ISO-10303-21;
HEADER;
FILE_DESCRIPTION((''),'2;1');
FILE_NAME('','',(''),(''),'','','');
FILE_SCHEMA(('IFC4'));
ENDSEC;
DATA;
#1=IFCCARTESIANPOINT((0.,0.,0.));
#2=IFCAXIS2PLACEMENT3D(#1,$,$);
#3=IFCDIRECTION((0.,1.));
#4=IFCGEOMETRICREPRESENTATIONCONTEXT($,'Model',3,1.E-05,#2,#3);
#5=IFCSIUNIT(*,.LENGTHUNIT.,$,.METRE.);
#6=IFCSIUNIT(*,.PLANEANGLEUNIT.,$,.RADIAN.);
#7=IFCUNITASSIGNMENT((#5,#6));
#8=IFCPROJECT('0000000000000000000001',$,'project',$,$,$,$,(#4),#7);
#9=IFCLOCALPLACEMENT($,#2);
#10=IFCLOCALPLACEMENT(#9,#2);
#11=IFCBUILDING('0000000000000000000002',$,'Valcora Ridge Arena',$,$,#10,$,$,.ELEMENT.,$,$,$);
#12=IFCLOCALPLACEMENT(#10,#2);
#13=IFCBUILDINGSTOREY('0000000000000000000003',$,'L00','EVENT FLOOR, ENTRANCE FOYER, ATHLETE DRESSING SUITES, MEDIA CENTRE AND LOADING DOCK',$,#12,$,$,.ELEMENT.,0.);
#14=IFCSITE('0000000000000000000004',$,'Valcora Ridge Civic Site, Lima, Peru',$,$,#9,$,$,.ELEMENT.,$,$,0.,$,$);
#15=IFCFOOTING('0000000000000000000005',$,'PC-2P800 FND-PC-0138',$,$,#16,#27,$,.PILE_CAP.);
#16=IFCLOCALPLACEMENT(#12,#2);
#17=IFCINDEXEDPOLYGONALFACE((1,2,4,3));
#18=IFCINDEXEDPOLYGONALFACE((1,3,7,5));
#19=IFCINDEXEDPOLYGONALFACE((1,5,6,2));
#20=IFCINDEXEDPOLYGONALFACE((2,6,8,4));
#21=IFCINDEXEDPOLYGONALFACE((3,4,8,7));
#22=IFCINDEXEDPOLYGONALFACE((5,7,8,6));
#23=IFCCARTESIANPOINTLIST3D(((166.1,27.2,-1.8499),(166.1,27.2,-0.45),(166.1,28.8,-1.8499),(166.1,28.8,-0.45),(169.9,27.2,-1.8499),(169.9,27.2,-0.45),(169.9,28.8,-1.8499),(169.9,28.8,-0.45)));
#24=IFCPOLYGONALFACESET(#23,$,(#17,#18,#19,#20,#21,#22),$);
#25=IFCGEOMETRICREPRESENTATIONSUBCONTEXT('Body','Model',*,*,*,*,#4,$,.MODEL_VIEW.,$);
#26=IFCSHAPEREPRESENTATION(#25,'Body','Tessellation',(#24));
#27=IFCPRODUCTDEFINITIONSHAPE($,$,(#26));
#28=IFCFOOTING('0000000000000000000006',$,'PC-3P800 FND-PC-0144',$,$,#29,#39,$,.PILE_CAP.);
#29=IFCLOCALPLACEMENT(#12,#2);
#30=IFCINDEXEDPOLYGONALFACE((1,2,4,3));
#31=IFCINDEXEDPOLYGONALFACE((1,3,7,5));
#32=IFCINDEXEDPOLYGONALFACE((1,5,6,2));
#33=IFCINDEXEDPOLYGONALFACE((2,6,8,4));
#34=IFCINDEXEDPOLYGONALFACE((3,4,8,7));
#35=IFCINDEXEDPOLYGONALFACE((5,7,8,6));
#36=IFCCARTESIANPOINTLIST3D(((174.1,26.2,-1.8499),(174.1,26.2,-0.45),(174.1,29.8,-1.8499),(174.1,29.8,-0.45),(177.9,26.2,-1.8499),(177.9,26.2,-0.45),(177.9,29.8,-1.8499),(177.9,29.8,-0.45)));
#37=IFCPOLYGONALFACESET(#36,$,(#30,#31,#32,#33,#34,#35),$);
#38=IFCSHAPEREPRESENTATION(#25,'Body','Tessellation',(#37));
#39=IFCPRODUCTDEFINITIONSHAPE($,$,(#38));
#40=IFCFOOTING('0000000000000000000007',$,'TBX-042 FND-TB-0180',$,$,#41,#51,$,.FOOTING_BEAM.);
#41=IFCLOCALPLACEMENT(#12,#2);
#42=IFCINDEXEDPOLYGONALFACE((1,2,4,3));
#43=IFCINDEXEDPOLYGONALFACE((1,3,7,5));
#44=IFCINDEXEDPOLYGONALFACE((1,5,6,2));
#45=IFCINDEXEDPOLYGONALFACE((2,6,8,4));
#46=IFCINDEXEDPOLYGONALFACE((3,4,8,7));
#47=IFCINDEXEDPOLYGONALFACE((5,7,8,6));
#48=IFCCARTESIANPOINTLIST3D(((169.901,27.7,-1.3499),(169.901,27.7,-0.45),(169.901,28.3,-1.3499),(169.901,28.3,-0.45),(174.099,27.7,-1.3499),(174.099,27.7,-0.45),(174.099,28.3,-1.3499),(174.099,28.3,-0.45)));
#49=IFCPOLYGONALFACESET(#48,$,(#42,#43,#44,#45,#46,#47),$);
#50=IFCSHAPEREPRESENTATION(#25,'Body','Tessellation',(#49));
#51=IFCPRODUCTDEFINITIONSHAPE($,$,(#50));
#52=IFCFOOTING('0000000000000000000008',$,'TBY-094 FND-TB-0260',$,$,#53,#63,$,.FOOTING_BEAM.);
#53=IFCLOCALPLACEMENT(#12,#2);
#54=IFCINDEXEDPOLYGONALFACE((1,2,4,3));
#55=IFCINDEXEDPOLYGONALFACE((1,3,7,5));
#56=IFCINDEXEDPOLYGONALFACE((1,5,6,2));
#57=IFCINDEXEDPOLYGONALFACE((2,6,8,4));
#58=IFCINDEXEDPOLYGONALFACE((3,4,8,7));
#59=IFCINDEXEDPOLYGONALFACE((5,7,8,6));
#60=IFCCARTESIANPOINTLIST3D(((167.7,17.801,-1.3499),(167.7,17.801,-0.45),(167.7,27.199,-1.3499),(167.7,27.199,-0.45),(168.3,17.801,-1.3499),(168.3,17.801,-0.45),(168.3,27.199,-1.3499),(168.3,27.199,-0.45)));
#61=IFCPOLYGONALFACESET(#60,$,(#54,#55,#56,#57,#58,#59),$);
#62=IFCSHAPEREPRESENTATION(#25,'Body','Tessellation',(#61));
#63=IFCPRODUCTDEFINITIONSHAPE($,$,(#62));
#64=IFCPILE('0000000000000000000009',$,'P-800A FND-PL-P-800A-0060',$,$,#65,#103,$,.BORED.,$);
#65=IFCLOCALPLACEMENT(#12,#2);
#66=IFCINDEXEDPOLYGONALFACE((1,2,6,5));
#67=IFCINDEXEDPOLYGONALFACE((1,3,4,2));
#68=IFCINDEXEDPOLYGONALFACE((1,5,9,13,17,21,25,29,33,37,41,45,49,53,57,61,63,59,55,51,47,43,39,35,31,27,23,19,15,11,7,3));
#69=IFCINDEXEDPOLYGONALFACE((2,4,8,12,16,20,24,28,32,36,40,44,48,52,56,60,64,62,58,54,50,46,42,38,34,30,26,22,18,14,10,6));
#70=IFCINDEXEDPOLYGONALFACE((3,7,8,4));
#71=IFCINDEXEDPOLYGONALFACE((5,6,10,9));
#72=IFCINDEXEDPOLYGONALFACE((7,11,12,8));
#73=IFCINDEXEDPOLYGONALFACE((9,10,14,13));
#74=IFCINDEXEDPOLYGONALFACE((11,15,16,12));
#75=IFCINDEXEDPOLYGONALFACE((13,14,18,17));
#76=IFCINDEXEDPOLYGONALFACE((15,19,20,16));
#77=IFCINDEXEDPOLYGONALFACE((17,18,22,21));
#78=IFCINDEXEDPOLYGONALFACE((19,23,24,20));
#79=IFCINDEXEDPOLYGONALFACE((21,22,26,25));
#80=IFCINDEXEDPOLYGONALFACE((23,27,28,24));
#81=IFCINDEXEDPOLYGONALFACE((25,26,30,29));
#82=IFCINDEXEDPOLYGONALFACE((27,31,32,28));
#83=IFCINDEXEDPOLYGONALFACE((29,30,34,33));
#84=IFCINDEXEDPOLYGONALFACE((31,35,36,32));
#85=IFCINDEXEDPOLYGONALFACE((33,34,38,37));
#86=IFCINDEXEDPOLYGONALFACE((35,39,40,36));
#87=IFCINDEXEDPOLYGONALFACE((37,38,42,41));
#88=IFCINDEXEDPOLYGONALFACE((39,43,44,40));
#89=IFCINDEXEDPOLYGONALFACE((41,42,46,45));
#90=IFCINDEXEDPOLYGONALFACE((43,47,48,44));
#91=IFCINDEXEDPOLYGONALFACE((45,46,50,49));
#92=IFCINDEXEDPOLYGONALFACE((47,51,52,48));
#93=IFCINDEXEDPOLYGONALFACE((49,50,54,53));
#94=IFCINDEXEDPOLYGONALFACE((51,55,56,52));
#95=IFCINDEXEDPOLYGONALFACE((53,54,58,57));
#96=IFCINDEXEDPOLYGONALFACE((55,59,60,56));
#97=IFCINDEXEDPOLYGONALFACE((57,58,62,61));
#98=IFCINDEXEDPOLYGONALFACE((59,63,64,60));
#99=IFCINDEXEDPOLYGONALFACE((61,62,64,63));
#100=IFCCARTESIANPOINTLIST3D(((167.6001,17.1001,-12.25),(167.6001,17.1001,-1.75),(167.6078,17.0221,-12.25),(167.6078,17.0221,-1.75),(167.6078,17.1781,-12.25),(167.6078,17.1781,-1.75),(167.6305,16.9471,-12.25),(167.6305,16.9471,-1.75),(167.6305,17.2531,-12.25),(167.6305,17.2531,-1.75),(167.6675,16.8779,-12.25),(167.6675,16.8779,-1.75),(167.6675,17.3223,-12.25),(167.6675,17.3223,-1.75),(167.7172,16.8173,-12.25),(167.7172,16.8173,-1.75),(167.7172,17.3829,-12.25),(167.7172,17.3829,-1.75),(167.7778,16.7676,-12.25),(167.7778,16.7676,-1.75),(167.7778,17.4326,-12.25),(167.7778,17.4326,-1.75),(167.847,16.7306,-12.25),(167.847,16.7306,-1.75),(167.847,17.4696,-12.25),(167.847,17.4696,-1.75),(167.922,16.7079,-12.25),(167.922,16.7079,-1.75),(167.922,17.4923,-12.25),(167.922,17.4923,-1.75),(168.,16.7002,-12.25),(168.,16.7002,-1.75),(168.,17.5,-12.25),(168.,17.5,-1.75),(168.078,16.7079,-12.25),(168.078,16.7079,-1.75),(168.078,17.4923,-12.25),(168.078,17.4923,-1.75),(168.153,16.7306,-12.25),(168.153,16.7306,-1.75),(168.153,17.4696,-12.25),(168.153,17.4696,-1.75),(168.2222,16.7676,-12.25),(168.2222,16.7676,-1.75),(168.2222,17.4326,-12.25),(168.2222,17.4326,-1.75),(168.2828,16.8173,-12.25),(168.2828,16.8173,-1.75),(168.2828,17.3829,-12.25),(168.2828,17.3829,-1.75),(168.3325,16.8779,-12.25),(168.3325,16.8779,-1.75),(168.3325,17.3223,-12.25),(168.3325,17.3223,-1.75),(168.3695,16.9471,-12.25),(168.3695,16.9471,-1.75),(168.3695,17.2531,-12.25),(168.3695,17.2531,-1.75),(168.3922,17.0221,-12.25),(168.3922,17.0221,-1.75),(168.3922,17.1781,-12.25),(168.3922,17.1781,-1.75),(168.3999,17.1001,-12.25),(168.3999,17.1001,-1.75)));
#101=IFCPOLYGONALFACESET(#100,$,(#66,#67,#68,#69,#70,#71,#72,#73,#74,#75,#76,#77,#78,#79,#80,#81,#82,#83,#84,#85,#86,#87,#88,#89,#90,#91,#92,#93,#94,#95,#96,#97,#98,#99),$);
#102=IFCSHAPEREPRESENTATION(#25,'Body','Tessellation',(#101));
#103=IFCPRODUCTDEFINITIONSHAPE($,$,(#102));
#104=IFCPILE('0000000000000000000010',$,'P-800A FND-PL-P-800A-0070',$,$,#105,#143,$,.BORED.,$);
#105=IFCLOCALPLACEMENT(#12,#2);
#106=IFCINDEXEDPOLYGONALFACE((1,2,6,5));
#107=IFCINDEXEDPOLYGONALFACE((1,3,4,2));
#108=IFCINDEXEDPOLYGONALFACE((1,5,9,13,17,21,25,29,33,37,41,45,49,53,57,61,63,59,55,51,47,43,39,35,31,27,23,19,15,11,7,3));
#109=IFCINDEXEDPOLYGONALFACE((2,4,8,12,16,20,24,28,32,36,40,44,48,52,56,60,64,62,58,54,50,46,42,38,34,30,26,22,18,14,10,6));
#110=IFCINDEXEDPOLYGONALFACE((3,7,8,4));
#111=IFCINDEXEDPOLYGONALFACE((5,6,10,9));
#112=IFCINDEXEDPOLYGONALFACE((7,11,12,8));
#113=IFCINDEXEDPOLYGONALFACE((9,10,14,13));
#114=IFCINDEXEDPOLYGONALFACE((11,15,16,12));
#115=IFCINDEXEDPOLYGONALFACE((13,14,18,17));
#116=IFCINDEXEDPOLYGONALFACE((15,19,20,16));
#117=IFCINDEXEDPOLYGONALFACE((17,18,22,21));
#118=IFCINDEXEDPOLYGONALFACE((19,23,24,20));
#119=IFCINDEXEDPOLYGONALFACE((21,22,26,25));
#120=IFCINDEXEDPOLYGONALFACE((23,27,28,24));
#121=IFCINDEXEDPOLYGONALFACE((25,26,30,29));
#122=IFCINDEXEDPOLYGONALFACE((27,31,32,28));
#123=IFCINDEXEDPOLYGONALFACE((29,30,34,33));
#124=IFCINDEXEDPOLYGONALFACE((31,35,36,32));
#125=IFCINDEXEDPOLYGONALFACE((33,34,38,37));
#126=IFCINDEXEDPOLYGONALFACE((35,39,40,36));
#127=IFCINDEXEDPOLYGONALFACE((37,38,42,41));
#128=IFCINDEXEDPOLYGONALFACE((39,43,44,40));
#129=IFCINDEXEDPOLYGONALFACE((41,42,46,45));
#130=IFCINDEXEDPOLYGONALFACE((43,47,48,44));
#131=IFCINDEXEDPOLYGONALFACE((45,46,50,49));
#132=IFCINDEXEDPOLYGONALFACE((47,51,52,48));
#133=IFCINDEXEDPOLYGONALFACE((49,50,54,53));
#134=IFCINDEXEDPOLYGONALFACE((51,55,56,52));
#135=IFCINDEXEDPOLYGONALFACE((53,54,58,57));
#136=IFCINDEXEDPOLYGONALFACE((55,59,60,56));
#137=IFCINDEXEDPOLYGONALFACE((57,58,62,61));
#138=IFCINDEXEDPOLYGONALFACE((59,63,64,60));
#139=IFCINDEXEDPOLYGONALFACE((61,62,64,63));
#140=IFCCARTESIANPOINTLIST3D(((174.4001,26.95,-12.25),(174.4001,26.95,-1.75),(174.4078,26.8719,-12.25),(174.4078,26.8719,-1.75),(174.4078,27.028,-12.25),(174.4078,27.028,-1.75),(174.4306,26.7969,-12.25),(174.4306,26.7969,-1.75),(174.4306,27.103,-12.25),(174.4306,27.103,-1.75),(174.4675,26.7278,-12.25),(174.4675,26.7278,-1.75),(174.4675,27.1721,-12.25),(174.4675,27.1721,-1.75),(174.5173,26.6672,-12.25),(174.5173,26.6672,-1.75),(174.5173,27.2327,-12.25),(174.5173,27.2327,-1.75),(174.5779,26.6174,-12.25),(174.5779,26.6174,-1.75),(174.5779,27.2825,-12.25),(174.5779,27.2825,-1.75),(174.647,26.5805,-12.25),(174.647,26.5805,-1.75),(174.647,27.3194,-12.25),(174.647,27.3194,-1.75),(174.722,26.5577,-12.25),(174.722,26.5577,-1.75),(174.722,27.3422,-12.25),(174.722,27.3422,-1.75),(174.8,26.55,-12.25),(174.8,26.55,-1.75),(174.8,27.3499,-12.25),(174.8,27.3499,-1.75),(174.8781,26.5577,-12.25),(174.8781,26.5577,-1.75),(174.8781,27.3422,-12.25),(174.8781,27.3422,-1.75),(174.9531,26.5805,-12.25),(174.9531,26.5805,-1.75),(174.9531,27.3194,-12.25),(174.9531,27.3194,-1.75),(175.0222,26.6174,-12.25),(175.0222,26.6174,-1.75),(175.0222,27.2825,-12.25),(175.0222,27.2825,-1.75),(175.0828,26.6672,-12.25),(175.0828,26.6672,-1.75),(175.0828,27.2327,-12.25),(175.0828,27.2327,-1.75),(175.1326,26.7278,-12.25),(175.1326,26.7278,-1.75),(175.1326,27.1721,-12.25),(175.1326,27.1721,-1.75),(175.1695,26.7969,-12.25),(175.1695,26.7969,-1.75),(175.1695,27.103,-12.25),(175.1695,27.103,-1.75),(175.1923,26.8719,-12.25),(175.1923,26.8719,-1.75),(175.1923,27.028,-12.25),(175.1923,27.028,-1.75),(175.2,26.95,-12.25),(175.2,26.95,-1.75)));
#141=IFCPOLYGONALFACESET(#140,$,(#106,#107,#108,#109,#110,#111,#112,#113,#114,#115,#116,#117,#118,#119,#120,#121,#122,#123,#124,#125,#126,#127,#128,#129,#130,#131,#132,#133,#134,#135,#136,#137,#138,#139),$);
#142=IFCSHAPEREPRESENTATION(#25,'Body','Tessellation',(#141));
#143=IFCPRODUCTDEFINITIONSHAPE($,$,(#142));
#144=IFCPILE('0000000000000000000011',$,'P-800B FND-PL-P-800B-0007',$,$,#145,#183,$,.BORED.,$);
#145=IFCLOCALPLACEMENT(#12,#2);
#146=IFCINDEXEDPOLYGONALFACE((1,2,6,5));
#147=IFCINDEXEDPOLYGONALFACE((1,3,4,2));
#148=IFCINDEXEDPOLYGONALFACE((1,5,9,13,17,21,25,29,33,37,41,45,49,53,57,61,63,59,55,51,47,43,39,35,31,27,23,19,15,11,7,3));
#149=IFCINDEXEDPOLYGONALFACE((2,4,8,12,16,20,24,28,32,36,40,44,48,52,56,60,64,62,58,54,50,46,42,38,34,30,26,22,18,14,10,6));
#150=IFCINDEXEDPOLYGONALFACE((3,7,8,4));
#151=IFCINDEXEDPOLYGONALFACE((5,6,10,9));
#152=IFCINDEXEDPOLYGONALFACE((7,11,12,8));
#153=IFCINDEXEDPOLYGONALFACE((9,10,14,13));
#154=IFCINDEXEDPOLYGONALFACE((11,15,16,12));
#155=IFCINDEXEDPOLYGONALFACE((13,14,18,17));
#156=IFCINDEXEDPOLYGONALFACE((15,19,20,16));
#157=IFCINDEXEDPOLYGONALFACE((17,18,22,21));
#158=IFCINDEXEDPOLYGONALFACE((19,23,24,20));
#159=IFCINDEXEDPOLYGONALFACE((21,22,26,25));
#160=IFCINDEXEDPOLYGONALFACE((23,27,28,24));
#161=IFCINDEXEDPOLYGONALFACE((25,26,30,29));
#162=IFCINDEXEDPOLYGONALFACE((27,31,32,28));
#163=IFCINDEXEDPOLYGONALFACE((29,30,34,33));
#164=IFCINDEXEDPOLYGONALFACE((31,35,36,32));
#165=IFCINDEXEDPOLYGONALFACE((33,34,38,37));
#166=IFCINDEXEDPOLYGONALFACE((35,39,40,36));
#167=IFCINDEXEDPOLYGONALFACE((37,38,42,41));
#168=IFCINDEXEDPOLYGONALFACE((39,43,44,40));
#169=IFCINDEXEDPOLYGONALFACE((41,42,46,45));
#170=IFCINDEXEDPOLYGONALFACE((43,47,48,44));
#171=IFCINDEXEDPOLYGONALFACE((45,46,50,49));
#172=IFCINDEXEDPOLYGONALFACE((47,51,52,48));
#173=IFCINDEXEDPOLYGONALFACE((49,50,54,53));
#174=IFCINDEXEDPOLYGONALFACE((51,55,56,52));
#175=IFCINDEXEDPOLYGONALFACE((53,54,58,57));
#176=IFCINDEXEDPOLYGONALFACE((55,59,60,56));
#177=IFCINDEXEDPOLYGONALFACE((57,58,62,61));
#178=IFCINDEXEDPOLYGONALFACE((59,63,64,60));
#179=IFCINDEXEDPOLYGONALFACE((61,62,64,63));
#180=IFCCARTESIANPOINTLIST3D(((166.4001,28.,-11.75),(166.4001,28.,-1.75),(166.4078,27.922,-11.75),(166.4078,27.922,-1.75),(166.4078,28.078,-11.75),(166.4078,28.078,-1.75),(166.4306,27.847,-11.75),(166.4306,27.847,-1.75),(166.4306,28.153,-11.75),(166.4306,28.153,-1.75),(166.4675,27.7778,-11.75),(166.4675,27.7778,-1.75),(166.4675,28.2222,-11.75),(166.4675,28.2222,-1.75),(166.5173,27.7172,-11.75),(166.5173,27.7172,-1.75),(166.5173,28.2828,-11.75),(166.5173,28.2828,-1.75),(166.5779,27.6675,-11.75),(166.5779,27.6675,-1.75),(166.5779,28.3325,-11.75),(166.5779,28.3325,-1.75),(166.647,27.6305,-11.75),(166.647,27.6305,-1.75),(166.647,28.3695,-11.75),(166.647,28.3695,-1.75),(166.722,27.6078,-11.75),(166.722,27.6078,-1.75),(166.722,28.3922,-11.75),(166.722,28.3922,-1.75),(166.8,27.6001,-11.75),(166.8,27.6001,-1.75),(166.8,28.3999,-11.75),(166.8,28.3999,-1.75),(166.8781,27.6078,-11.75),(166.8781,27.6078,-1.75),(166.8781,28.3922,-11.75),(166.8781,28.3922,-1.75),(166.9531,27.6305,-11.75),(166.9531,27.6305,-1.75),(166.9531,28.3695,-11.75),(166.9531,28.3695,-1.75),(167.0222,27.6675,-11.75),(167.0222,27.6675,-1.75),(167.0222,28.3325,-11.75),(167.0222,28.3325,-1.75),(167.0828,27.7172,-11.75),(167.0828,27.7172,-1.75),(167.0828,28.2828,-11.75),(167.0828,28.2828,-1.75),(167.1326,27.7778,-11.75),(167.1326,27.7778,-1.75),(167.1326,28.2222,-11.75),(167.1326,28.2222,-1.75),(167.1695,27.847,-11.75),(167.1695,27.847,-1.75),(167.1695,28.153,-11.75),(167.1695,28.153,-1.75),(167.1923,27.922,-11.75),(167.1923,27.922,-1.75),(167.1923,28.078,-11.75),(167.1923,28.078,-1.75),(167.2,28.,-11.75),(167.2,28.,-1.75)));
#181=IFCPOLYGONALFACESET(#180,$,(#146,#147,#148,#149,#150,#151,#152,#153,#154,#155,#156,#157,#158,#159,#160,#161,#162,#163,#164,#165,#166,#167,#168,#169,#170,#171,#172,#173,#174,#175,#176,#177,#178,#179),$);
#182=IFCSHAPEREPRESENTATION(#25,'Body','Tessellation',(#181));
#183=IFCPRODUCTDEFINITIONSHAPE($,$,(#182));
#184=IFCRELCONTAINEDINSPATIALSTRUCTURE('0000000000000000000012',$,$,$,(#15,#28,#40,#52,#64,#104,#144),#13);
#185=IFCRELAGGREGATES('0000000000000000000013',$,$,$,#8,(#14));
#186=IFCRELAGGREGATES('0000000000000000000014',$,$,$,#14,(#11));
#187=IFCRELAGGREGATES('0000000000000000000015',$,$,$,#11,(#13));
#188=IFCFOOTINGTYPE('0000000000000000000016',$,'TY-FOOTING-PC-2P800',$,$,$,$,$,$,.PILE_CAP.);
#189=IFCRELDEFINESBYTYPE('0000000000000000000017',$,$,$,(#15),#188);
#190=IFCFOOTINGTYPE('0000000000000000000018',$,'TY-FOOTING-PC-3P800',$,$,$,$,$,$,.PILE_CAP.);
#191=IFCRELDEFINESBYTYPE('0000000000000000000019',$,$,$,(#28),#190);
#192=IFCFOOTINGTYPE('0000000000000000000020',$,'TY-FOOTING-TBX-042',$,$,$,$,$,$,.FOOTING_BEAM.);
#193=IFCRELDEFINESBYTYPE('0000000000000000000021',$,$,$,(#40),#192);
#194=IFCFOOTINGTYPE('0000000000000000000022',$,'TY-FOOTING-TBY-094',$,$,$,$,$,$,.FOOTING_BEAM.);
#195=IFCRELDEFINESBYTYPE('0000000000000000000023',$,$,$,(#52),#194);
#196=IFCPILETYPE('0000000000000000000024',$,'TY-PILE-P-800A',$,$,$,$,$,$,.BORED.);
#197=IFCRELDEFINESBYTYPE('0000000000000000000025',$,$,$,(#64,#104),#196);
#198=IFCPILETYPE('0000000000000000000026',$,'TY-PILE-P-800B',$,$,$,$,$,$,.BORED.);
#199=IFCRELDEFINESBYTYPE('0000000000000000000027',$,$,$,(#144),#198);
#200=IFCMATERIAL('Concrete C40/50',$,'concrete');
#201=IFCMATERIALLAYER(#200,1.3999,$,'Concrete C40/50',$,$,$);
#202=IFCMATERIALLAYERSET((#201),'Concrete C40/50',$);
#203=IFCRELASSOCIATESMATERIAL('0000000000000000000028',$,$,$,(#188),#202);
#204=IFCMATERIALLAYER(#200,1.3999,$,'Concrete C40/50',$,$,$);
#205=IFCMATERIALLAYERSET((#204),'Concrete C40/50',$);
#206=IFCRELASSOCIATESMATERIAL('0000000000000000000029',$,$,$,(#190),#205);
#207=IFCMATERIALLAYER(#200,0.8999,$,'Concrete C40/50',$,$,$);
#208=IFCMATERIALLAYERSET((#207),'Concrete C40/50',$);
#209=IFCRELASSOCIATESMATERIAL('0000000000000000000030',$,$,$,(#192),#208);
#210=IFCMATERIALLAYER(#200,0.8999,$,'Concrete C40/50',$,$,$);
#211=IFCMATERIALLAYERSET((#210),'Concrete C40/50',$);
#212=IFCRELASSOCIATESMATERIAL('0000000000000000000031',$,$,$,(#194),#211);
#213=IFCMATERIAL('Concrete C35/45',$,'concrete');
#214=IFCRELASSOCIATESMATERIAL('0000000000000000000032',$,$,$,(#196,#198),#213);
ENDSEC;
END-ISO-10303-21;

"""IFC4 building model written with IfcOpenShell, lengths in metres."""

from ifc_helpers import new_model, si_unit, direction, frame, origin, origin_2d, place, context, subcontext, project, spatial, rectangle, circle, extrude, material, layer, layer_set, material_profile, profile_set, type_object, element, save


model = new_model("IFC4")

# Units and contexts
model_context = context("Model", 3, precision=1e-05, world=origin(), true_north=direction((0.0, 1.0)))
body_context = subcontext(model_context, "Body", "Model", "MODEL_VIEW")
ifc_project = project(units=[si_unit("LENGTHUNIT", "METRE"), si_unit("PLANEANGLEUNIT", "RADIAN")], contexts=[model_context])

# Site, building, storey
site_placement = place(None, origin())
site = spatial("IfcSite", under=ifc_project, at=site_placement, Name="Valcora Ridge Civic Site, Lima, Peru", CompositionType="ELEMENT", RefElevation=0.0)
building_placement = place(site_placement, origin())
building = spatial("IfcBuilding", under=site, at=building_placement, Name="Valcora Ridge Arena", CompositionType="ELEMENT")
storey_placement = place(building_placement, origin())
storey = spatial("IfcBuildingStorey", under=building, at=storey_placement, Name="L00", Description="EVENT FLOOR, ENTRANCE FOYER, ATHLETE DRESSING SUITES, MEDIA CENTRE AND LOADING DOCK", CompositionType="ELEMENT", Elevation=0.0)

# Footings
ifc_material_1 = material(Name="Concrete C40/50", Category="concrete")
ifc_layer_1 = layer(ifc_material_1, 1.3999, Name="Concrete C40/50")
ifc_layer_set_1 = layer_set([ifc_layer_1], Name="Concrete C40/50")
footing_type_1 = type_object("IfcFootingType", Name="TY-FOOTING-PC-2P800", PredefinedType="PILE_CAP", material=ifc_layer_set_1)
footing_1_placement = place(storey_placement, frame((168.0, 28.0, -1.8499), z_axis=(0.0, 0.0, 1.0), x_axis=(1.0, 0.0, 0.0)))
element("IfcFooting", 1, at=footing_1_placement, inside=storey, type_object=footing_type_1, Name="PC-2P800 FND-PC-0138", PredefinedType="PILE_CAP", context=body_context, shape_type="SweptSolid", body=[
    extrude(rectangle(XDim=3.8, YDim=1.6001, at=origin_2d()), origin(), (0.0, 0.0, 1.0), 1.3999),
])
ifc_layer_2 = layer(ifc_material_1, 1.3999, Name="Concrete C40/50")
ifc_layer_set_2 = layer_set([ifc_layer_2], Name="Concrete C40/50")
footing_type_2 = type_object("IfcFootingType", Name="TY-FOOTING-PC-3P800", PredefinedType="PILE_CAP", material=ifc_layer_set_2)
footing_2_placement = place(storey_placement, frame((176.0, 28.0, -1.8499), z_axis=(0.0, 0.0, 1.0), x_axis=(1.0, 0.0, 0.0)))
element("IfcFooting", 2, at=footing_2_placement, inside=storey, type_object=footing_type_2, Name="PC-3P800 FND-PC-0144", PredefinedType="PILE_CAP", context=body_context, shape_type="SweptSolid", body=[
    extrude(rectangle(XDim=3.8, YDim=3.6001, at=origin_2d()), origin(), (0.0, 0.0, 1.0), 1.3999),
])
ifc_layer_3 = layer(ifc_material_1, 0.8999, Name="Concrete C40/50")
ifc_layer_set_3 = layer_set([ifc_layer_3], Name="Concrete C40/50")
footing_type_3 = type_object("IfcFootingType", Name="TY-FOOTING-TBX-042", PredefinedType="FOOTING_BEAM", material=ifc_layer_set_3)
footing_3_placement = place(storey_placement, frame((172.0, 28.0, -1.3499), z_axis=(0.0, 0.0, 1.0), x_axis=(1.0, 0.0, 0.0)))
element("IfcFooting", 3, at=footing_3_placement, inside=storey, type_object=footing_type_3, Name="TBX-042 FND-TB-0180", PredefinedType="FOOTING_BEAM", context=body_context, shape_type="SweptSolid", body=[
    extrude(rectangle(XDim=4.198, YDim=0.6001, at=origin_2d()), origin(), (0.0, 0.0, 1.0), 0.8999),
])
ifc_layer_4 = layer(ifc_material_1, 0.8999, Name="Concrete C40/50")
ifc_layer_set_4 = layer_set([ifc_layer_4], Name="Concrete C40/50")
footing_type_4 = type_object("IfcFootingType", Name="TY-FOOTING-TBY-094", PredefinedType="FOOTING_BEAM", material=ifc_layer_set_4)
footing_4_placement = place(storey_placement, frame((168.0, 22.5, -1.3499), z_axis=(0.0, 0.0, 1.0), x_axis=(1.0, 0.0, 0.0)))
element("IfcFooting", 4, at=footing_4_placement, inside=storey, type_object=footing_type_4, Name="TBY-094 FND-TB-0260", PredefinedType="FOOTING_BEAM", context=body_context, shape_type="SweptSolid", body=[
    extrude(rectangle(XDim=0.6001, YDim=9.3979, at=origin_2d()), origin(), (0.0, 0.0, 1.0), 0.8999),
])

# Piles
ifc_material_2 = material(Name="Concrete C35/45", Category="concrete")
ifc_material_profile_1 = material_profile(ifc_material_2, circle(Radius=0.3999, at=origin_2d()), Name="BORED PILE D800")
ifc_profile_set_1 = profile_set([ifc_material_profile_1], Name="Concrete C35/45")
pile_type_1 = type_object("IfcPileType", Name="TY-PILE-P-800A", PredefinedType="BORED", material=ifc_profile_set_1)
for number, where, z_axis, x_axis, name in (
    (5, (168.0, 17.1001, -1.75), (0.0, 0.0, -1.0), (1.0, 0.0, 0.0), "P-800A FND-PL-P-800A-0060"),
    (6, (174.8, 26.95, -1.75), (0.0, 0.0, -1.0), (1.0, 0.0, 0.0), "P-800A FND-PL-P-800A-0070"),
):
    element("IfcPile", number, at=place(storey_placement, frame(where, z_axis=z_axis, x_axis=x_axis)), inside=storey, type_object=pile_type_1, Name=name, PredefinedType="BORED", context=body_context, shape_type="SweptSolid", body=[
        extrude(circle(Radius=0.3999, at=origin_2d()), origin(), (0.0, 0.0, 1.0), 10.5),
    ])
ifc_material_profile_2 = material_profile(ifc_material_2, circle(Radius=0.3999, at=origin_2d()), Name="BORED PILE D800")
ifc_profile_set_2 = profile_set([ifc_material_profile_2], Name="Concrete C35/45")
pile_type_2 = type_object("IfcPileType", Name="TY-PILE-P-800B", PredefinedType="BORED", material=ifc_profile_set_2)
for number, where, z_axis, x_axis, name in (
    (7, (166.8, 28.0, -1.75), (0.0, 0.0, -1.0), (1.0, 0.0, 0.0), "P-800B FND-PL-P-800B-0007"),
):
    element("IfcPile", number, at=place(storey_placement, frame(where, z_axis=z_axis, x_axis=x_axis)), inside=storey, type_object=pile_type_2, Name=name, PredefinedType="BORED", context=body_context, shape_type="SweptSolid", body=[
        extrude(circle(Radius=0.3999, at=origin_2d()), origin(), (0.0, 0.0, 1.0), 10.0),
    ])

save(model, "model.ifc")
